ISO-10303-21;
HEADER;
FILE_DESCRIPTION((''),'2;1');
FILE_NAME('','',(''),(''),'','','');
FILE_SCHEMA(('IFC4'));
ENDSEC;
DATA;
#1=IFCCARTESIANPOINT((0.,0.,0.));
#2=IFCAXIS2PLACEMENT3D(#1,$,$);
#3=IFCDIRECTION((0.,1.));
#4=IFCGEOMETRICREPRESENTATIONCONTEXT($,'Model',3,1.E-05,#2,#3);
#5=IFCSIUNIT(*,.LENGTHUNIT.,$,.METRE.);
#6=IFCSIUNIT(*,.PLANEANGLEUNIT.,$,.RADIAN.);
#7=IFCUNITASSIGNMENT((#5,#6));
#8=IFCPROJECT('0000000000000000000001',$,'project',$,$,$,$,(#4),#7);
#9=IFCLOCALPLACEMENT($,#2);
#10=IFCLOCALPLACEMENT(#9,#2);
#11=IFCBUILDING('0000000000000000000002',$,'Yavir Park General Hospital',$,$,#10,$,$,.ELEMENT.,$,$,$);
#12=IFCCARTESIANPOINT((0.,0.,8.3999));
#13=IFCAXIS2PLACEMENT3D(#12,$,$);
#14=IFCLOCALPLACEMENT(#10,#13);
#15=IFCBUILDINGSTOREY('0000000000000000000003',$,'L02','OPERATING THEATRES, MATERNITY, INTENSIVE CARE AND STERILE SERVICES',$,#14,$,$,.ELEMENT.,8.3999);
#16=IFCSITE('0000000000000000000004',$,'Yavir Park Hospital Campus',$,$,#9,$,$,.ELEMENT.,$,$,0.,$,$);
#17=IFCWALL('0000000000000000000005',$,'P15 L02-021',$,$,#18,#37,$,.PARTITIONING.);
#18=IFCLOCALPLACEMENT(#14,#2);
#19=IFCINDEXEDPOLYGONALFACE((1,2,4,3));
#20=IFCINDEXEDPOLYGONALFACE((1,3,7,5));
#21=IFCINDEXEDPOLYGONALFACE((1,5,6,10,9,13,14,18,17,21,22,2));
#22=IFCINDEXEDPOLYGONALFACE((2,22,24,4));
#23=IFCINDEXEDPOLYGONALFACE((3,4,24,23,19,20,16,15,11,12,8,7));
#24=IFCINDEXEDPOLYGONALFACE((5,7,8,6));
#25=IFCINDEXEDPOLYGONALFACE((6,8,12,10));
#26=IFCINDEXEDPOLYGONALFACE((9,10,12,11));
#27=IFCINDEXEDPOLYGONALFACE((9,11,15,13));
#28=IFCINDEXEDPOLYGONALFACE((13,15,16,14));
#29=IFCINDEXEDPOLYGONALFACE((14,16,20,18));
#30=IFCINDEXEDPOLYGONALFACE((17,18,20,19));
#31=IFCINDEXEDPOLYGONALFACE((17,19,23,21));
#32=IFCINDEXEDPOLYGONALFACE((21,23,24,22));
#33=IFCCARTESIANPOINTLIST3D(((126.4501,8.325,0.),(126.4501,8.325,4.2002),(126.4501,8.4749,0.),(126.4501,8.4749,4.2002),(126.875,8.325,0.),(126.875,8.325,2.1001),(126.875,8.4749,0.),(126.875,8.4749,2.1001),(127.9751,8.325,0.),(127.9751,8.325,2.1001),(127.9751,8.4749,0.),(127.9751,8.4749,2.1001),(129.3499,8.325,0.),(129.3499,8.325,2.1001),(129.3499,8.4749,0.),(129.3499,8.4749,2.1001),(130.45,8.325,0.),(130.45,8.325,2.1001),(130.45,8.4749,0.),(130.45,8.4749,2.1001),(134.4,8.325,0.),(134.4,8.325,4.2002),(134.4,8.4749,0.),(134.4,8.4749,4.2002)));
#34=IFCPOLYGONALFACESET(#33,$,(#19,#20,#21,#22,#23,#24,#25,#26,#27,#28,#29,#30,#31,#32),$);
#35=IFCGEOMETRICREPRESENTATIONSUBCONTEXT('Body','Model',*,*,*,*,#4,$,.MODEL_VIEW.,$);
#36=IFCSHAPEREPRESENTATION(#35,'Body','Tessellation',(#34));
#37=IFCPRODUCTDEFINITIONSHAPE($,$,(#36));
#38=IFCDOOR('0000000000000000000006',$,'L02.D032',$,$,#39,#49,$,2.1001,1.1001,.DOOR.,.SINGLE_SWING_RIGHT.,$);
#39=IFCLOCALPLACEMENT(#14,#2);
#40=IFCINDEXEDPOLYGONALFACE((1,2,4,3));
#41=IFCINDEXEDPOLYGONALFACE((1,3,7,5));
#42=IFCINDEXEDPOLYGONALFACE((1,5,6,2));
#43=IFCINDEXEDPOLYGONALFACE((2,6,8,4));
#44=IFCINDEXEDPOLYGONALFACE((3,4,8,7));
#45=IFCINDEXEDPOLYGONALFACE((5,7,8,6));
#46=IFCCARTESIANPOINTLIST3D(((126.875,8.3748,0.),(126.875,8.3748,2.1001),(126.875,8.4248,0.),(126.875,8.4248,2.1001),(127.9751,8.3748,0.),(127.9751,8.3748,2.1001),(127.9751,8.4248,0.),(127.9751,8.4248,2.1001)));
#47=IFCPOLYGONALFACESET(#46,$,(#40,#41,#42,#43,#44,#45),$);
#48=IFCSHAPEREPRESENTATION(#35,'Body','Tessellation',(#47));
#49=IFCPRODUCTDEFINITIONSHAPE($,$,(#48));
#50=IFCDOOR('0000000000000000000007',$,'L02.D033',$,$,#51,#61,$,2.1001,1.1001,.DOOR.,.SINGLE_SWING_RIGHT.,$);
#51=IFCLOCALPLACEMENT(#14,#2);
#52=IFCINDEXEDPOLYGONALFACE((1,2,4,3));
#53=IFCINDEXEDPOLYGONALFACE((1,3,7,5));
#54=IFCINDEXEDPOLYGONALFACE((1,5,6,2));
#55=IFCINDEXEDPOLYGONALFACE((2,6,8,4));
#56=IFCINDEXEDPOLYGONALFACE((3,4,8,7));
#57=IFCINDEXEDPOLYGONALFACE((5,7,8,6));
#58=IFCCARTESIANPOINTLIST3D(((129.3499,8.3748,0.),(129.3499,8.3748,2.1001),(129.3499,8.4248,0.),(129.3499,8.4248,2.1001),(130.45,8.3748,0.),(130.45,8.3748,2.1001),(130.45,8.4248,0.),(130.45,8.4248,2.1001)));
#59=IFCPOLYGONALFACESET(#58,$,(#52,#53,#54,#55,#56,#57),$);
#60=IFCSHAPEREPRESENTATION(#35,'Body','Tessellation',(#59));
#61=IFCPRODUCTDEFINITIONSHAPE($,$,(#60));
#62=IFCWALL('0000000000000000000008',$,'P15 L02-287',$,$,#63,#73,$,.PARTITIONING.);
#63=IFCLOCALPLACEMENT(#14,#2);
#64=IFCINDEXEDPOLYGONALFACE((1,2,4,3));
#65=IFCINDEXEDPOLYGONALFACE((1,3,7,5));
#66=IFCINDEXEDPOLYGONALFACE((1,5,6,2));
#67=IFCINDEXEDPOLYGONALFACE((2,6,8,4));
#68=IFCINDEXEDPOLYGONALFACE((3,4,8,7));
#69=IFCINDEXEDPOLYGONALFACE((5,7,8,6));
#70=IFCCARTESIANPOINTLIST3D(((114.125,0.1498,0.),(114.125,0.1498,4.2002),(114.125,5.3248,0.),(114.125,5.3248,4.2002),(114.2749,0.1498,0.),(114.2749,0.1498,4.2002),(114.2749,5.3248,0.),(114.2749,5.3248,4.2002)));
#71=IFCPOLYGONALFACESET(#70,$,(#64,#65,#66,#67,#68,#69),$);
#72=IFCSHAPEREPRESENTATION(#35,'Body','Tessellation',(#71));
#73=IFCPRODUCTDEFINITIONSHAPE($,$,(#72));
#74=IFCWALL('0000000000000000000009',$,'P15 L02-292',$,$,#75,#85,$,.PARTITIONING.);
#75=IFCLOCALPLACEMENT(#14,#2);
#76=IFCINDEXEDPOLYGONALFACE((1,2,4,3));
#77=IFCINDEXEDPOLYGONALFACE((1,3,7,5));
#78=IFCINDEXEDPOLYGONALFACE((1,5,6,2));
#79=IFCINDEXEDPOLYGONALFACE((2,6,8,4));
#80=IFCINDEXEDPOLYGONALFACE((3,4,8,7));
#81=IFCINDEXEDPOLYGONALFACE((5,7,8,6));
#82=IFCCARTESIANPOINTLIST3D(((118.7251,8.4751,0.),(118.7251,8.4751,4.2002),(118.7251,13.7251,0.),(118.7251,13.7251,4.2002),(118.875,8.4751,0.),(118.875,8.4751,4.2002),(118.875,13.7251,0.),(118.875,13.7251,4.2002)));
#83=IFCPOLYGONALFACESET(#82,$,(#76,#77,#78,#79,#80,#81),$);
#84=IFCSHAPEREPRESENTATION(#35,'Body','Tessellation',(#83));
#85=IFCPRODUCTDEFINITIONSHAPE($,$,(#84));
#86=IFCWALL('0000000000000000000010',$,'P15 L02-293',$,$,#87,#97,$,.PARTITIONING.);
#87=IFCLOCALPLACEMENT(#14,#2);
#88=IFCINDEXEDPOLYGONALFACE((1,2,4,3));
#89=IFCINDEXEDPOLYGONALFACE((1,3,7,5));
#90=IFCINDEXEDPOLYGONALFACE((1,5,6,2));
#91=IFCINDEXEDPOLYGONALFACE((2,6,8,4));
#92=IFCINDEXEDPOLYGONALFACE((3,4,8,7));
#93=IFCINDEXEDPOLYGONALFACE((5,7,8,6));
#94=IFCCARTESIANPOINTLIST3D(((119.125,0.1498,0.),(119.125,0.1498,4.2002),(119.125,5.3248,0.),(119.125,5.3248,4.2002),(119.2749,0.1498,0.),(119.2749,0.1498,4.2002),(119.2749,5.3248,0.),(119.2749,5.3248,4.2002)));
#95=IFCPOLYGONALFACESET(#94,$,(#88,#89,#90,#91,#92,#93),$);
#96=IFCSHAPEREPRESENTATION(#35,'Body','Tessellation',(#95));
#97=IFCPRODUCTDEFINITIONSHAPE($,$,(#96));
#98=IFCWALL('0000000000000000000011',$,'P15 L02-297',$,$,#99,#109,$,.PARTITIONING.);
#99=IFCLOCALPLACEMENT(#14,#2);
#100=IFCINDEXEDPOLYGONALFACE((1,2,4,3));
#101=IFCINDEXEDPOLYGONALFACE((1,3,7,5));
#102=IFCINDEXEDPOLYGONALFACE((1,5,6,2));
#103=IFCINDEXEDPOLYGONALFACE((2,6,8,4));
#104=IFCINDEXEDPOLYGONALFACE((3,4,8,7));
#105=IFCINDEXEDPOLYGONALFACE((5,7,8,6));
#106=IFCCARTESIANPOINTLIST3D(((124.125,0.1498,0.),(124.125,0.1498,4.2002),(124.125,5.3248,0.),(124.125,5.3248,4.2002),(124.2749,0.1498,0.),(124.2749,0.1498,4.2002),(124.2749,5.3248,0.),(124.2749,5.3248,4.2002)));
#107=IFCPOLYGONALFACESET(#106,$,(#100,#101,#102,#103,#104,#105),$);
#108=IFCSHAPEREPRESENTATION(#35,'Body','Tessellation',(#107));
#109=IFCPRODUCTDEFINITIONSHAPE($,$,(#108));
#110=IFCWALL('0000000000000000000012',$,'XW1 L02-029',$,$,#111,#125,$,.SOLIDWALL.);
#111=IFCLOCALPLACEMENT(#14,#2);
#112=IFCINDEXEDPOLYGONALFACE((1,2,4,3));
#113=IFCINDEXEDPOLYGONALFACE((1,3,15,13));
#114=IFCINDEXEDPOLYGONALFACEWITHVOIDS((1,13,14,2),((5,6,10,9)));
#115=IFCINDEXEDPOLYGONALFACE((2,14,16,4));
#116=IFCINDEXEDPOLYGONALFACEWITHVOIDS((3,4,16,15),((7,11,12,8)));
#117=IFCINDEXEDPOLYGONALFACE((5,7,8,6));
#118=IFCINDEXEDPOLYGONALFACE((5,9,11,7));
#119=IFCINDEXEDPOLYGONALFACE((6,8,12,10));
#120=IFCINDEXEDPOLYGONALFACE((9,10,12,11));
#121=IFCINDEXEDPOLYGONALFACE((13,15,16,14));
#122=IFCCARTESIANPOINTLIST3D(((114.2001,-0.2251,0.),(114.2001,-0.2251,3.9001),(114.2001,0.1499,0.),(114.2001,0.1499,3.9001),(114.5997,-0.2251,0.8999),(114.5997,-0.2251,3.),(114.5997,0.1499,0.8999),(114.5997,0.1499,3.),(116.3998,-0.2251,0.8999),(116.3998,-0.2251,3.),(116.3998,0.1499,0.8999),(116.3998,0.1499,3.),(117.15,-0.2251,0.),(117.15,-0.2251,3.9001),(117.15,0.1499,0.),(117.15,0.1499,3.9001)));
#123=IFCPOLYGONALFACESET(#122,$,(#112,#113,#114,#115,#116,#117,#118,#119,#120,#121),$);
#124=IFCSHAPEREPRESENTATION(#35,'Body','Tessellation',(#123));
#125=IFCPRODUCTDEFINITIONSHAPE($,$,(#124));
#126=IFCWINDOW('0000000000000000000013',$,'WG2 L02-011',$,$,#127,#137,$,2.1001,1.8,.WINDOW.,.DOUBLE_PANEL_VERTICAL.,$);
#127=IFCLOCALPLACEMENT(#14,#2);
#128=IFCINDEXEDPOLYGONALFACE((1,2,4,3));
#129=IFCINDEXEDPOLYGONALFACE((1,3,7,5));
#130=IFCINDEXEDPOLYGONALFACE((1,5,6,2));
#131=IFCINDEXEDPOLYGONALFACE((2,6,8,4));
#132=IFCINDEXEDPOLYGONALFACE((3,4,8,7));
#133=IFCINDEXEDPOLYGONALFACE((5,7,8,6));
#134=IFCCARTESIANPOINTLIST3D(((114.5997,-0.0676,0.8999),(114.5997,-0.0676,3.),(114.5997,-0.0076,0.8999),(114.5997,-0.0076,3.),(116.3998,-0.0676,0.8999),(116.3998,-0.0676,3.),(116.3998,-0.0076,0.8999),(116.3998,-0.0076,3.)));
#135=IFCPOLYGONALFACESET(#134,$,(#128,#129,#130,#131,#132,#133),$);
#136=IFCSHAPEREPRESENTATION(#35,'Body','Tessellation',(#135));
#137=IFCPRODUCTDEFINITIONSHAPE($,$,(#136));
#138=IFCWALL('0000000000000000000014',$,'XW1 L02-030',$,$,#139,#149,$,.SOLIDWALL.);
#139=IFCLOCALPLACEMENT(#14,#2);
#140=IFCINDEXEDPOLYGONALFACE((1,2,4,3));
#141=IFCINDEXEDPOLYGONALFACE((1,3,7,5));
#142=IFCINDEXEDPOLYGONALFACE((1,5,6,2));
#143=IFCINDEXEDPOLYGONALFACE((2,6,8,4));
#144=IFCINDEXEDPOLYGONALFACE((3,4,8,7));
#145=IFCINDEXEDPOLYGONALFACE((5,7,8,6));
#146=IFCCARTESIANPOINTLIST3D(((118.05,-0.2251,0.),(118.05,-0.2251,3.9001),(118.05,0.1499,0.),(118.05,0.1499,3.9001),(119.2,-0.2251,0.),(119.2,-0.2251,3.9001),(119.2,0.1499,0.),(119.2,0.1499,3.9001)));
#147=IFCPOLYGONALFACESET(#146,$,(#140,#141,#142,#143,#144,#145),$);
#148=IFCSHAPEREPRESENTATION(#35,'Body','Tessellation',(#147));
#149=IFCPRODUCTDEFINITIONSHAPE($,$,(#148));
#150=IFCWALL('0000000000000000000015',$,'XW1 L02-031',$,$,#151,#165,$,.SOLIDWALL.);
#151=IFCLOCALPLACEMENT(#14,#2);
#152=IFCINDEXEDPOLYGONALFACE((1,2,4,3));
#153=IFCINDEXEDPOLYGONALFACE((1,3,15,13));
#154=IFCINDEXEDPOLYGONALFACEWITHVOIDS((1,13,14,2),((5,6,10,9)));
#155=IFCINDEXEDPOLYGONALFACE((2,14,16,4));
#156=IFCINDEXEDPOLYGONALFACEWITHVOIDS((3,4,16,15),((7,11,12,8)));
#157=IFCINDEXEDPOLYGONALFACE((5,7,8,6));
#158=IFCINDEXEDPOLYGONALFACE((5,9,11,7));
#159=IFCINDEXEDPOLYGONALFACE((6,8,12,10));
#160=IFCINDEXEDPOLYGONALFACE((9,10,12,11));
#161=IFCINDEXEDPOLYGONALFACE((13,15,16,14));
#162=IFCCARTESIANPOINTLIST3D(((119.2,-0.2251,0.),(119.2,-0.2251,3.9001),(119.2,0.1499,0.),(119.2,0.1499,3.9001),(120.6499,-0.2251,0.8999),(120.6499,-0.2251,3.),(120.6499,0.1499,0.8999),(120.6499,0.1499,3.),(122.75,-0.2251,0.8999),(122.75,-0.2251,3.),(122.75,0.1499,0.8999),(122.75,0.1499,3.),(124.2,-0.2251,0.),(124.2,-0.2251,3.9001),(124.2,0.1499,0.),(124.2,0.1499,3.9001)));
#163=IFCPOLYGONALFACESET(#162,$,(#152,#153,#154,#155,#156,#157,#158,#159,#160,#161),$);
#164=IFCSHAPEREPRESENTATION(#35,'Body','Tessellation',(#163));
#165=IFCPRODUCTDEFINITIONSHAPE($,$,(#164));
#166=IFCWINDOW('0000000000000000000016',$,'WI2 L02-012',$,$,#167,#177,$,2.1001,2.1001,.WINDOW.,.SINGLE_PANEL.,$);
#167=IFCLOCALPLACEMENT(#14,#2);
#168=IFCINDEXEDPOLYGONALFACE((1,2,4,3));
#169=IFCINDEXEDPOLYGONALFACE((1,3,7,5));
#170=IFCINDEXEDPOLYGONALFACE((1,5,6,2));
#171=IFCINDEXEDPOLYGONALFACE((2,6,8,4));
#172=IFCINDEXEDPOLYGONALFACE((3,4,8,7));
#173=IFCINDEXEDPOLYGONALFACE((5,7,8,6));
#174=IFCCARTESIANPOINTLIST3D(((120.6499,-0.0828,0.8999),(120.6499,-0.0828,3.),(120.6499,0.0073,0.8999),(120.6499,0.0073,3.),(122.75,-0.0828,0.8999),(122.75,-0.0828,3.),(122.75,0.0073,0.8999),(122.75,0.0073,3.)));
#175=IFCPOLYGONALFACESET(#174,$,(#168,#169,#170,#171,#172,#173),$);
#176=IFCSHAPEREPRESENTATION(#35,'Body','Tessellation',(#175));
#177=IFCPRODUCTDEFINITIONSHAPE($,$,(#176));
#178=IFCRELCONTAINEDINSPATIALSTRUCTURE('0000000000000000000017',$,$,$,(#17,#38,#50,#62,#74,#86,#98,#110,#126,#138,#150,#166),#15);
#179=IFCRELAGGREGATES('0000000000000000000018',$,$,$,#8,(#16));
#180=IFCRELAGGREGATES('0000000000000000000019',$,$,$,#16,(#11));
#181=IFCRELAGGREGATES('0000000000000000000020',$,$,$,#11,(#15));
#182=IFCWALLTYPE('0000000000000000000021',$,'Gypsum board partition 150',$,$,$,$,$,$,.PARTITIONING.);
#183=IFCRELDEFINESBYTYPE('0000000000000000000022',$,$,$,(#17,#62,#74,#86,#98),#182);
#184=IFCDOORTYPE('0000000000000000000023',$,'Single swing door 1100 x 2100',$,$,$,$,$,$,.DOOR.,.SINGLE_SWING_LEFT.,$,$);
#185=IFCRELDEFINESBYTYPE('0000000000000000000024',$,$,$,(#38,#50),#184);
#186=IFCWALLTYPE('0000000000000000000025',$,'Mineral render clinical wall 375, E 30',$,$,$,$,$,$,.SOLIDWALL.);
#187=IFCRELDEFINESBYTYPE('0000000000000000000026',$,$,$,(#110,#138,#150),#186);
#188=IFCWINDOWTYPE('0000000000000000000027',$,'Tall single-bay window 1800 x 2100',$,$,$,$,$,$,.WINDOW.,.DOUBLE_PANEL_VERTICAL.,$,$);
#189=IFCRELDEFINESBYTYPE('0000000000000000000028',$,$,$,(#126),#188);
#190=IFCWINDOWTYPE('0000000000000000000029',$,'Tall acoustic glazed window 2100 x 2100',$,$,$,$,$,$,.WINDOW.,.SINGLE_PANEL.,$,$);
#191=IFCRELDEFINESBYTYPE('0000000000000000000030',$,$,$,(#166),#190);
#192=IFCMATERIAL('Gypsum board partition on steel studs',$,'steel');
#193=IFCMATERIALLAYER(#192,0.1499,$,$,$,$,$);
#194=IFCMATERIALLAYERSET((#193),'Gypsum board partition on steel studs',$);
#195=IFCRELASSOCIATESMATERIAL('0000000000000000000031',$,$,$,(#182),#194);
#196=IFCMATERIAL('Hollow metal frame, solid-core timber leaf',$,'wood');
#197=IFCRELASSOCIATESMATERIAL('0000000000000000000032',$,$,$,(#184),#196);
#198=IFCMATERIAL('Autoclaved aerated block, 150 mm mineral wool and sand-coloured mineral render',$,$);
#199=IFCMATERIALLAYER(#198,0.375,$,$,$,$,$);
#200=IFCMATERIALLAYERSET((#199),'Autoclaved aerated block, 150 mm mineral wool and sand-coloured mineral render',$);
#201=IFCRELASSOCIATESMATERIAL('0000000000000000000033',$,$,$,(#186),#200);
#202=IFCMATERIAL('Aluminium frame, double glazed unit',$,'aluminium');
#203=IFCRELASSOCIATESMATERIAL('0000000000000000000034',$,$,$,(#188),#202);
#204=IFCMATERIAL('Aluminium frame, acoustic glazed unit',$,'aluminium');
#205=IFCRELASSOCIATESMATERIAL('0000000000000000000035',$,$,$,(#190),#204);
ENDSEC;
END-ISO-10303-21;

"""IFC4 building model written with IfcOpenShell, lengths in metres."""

from ifc_helpers import new_model, si_unit, direction, frame, frame_2d, origin, place, context, subcontext, project, spatial, rectangle, extrude, material, layer, layer_set, type_object, element, fill, save


model = new_model("IFC4")

# Units and contexts
model_context = context("Model", 3, precision=1e-05, world=origin(), true_north=direction((0.0, 1.0)))
body_context = subcontext(model_context, "Body", "Model", "MODEL_VIEW")
ifc_project = project(units=[si_unit("LENGTHUNIT", "METRE"), si_unit("PLANEANGLEUNIT", "RADIAN")], contexts=[model_context])

# Site, building, storey
site_placement = place(None, origin())
site = spatial("IfcSite", under=ifc_project, at=site_placement, Name="Yavir Park Hospital Campus", CompositionType="ELEMENT", RefElevation=0.0)
building_placement = place(site_placement, origin())
building = spatial("IfcBuilding", under=site, at=building_placement, Name="Yavir Park General Hospital", CompositionType="ELEMENT")
storey_placement = place(building_placement, frame((0.0, 0.0, 8.3999)))
storey = spatial("IfcBuildingStorey", under=building, at=storey_placement, Name="L02", Description="OPERATING THEATRES, MATERNITY, INTENSIVE CARE AND STERILE SERVICES", CompositionType="ELEMENT", Elevation=8.3999)

# Wall, openings, doors
ifc_material_1 = material(Name="Gypsum board partition on steel studs", Category="steel")
ifc_layer_1 = layer(ifc_material_1, 0.1499)
ifc_layer_set_1 = layer_set([ifc_layer_1], Name="Gypsum board partition on steel studs")
wall_type_1 = type_object("IfcWallType", Name="Gypsum board partition 150", PredefinedType="PARTITIONING", material=ifc_layer_set_1)
ifc_material_2 = material(Name="Hollow metal frame, solid-core timber leaf", Category="wood")
door_type = type_object("IfcDoorType", Name="Single swing door 1100 x 2100", OperationType="SINGLE_SWING_LEFT", PredefinedType="DOOR", material=ifc_material_2)
wall_1_placement = place(storey_placement, frame((126.45, 8.3999, 0.0), z_axis=(0.0, 0.0, 1.0), x_axis=(1.0, 0.0, 0.0)))
wall_1 = element("IfcWall", 1, at=wall_1_placement, inside=storey, type_object=wall_type_1, Name="P15 L02-021", PredefinedType="PARTITIONING", context=body_context, shape_type="SweptSolid", body=[
    extrude(rectangle(XDim=7.95, YDim=0.1499, at=frame_2d((3.9751, 0.0))), origin(), (0.0, 0.0, 1.0), 4.2002),
])
opening_1_placement = place(wall_1_placement, frame((0.425, 0.0, 0.0)))
opening_1 = element("IfcOpeningElement", 2, at=opening_1_placement, cuts=wall_1, PredefinedType="OPENING", context=body_context, shape_type="SweptSolid", body=[
    extrude(rectangle(XDim=1.1001, YDim=2.1001, at=frame_2d((0.55, 1.05))), frame((0.0, 0.085, 0.0), z_axis=(0.0, -1.0, 0.0), x_axis=(1.0, 0.0, 0.0)), (0.0, 0.0, 1.0), 0.1699),
])
opening_2_placement = place(wall_1_placement, frame((2.8999, 0.0, 0.0)))
opening_2 = element("IfcOpeningElement", 3, at=opening_2_placement, cuts=wall_1, PredefinedType="OPENING", context=body_context, shape_type="SweptSolid", body=[
    extrude(rectangle(XDim=1.1001, YDim=2.1001, at=frame_2d((0.55, 1.05))), frame((0.0, 0.085, 0.0), z_axis=(0.0, -1.0, 0.0), x_axis=(1.0, 0.0, 0.0)), (0.0, 0.0, 1.0), 0.1699),
])
door_1_placement = place(opening_1_placement, origin())
door_1 = element("IfcDoor", 4, at=door_1_placement, inside=storey, type_object=door_type, Name="L02.D032", OperationType="SINGLE_SWING_RIGHT", OverallHeight=2.1001, OverallWidth=1.1001, PredefinedType="DOOR", context=body_context, shape_type="SweptSolid", body=[
    extrude(rectangle(XDim=1.1001, YDim=2.1001, at=frame_2d((0.55, 1.05))), frame((0.0, 0.0249, 0.0), z_axis=(0.0, -1.0, 0.0), x_axis=(1.0, 0.0, 0.0)), (0.0, 0.0, 1.0), 0.05),
])
fill(opening_1, door_1)
door_2_placement = place(opening_2_placement, origin())
door_2 = element("IfcDoor", 5, at=door_2_placement, inside=storey, type_object=door_type, Name="L02.D033", OperationType="SINGLE_SWING_RIGHT", OverallHeight=2.1001, OverallWidth=1.1001, PredefinedType="DOOR", context=body_context, shape_type="SweptSolid", body=[
    extrude(rectangle(XDim=1.1001, YDim=2.1001, at=frame_2d((0.55, 1.05))), frame((0.0, 0.0249, 0.0), z_axis=(0.0, -1.0, 0.0), x_axis=(1.0, 0.0, 0.0)), (0.0, 0.0, 1.0), 0.05),
])
fill(opening_2, door_2)

# Walls
wall_2_placement = place(storey_placement, frame((114.2, 0.1499, 0.0), z_axis=(0.0, 0.0, 1.0), x_axis=(0.0, 1.0, 0.0)))
element("IfcWall", 6, at=wall_2_placement, inside=storey, type_object=wall_type_1, Name="P15 L02-287", PredefinedType="PARTITIONING", context=body_context, shape_type="SweptSolid", body=[
    extrude(rectangle(XDim=5.175, YDim=0.1499, at=frame_2d((2.5874, 0.0))), origin(), (0.0, 0.0, 1.0), 4.2002),
])
wall_3_placement = place(storey_placement, frame((118.8, 8.4751, 0.0), z_axis=(0.0, 0.0, 1.0), x_axis=(0.0, 1.0, 0.0)))
element("IfcWall", 7, at=wall_3_placement, inside=storey, type_object=wall_type_1, Name="P15 L02-292", PredefinedType="PARTITIONING", context=body_context, shape_type="SweptSolid", body=[
    extrude(rectangle(XDim=5.25, YDim=0.1499, at=frame_2d((2.625, 0.0))), origin(), (0.0, 0.0, 1.0), 4.2002),
])
for number, where, z_axis, x_axis, name in (
    (8, (119.2, 0.1499, 0.0), (0.0, 0.0, 1.0), (0.0, 1.0, 0.0), "P15 L02-293"),
    (9, (124.2, 0.1499, 0.0), (0.0, 0.0, 1.0), (0.0, 1.0, 0.0), "P15 L02-297"),
):
    element("IfcWall", number, at=place(storey_placement, frame(where, z_axis=z_axis, x_axis=x_axis)), inside=storey, type_object=wall_type_1, Name=name, PredefinedType="PARTITIONING", context=body_context, shape_type="SweptSolid", body=[
        extrude(rectangle(XDim=5.175, YDim=0.1499, at=frame_2d((2.5874, 0.0))), origin(), (0.0, 0.0, 1.0), 4.2002),
    ])

# Wall, opening, window
ifc_material_3 = material(Name="Autoclaved aerated block, 150 mm mineral wool and sand-coloured mineral render")
ifc_layer_2 = layer(ifc_material_3, 0.375)
ifc_layer_set_2 = layer_set([ifc_layer_2], Name="Autoclaved aerated block, 150 mm mineral wool and sand-coloured mineral render")
wall_type_2 = type_object("IfcWallType", Name="Mineral render clinical wall 375, E 30", PredefinedType="SOLIDWALL", material=ifc_layer_set_2)
wall_4_placement = place(storey_placement, frame((114.2, -0.0376, 0.0), z_axis=(0.0, 0.0, 1.0), x_axis=(1.0, 0.0, 0.0)))
wall_4 = element("IfcWall", 10, at=wall_4_placement, inside=storey, type_object=wall_type_2, Name="XW1 L02-029", PredefinedType="SOLIDWALL", context=body_context, shape_type="SweptSolid", body=[
    extrude(rectangle(XDim=2.95, YDim=0.375, at=frame_2d((1.4751, 0.0))), origin(), (0.0, 0.0, 1.0), 3.9001),
])
opening_3_placement = place(wall_4_placement, frame((0.3999, 0.0, 0.8999)))
opening_3 = element("IfcOpeningElement", 11, at=opening_3_placement, cuts=wall_4, PredefinedType="OPENING", context=body_context, shape_type="SweptSolid", body=[
    extrude(rectangle(XDim=1.8, YDim=2.1001, at=frame_2d((0.8999, 1.05))), frame((0.0, 0.1975, 0.0), z_axis=(0.0, -1.0, 0.0), x_axis=(1.0, 0.0, 0.0)), (0.0, 0.0, 1.0), 0.395),
])
ifc_material_4 = material(Name="Aluminium frame, double glazed unit", Category="aluminium")
window_type_1 = type_object("IfcWindowType", Name="Tall single-bay window 1800 x 2100", PartitioningType="DOUBLE_PANEL_VERTICAL", PredefinedType="WINDOW", material=ifc_material_4)
window_1_placement = place(opening_3_placement, origin())
window_1 = element("IfcWindow", 12, at=window_1_placement, inside=storey, type_object=window_type_1, Name="WG2 L02-011", OverallHeight=2.1001, OverallWidth=1.8, PartitioningType="DOUBLE_PANEL_VERTICAL", PredefinedType="WINDOW", context=body_context, shape_type="SweptSolid", body=[
    extrude(rectangle(XDim=1.8, YDim=2.1001, at=frame_2d((0.8999, 1.05))), frame((0.0, 0.03, 0.0), z_axis=(0.0, -1.0, 0.0), x_axis=(1.0, 0.0, 0.0)), (0.0, 0.0, 1.0), 0.0601),
])
fill(opening_3, window_1)

# Wall
wall_5_placement = place(storey_placement, frame((118.05, -0.0376, 0.0), z_axis=(0.0, 0.0, 1.0), x_axis=(1.0, 0.0, 0.0)))
element("IfcWall", 13, at=wall_5_placement, inside=storey, type_object=wall_type_2, Name="XW1 L02-030", PredefinedType="SOLIDWALL", context=body_context, shape_type="SweptSolid", body=[
    extrude(rectangle(XDim=1.1499, YDim=0.375, at=frame_2d((0.575, 0.0))), origin(), (0.0, 0.0, 1.0), 3.9001),
])

# Wall, opening, window
wall_6_placement = place(storey_placement, frame((119.2, -0.0376, 0.0), z_axis=(0.0, 0.0, 1.0), x_axis=(1.0, 0.0, 0.0)))
wall_6 = element("IfcWall", 14, at=wall_6_placement, inside=storey, type_object=wall_type_2, Name="XW1 L02-031", PredefinedType="SOLIDWALL", context=body_context, shape_type="SweptSolid", body=[
    extrude(rectangle(XDim=5.0, YDim=0.375, at=frame_2d((2.5, 0.0))), origin(), (0.0, 0.0, 1.0), 3.9001),
])
opening_4_placement = place(wall_6_placement, frame((1.45, 0.0, 0.8999)))
opening_4 = element("IfcOpeningElement", 15, at=opening_4_placement, cuts=wall_6, PredefinedType="OPENING", context=body_context, shape_type="SweptSolid", body=[
    extrude(rectangle(XDim=2.1001, YDim=2.1001, at=frame_2d((1.05, 1.05))), frame((0.0, 0.1975, 0.0), z_axis=(0.0, -1.0, 0.0), x_axis=(1.0, 0.0, 0.0)), (0.0, 0.0, 1.0), 0.395),
])
ifc_material_5 = material(Name="Aluminium frame, acoustic glazed unit", Category="aluminium")
window_type_2 = type_object("IfcWindowType", Name="Tall acoustic glazed window 2100 x 2100", PartitioningType="SINGLE_PANEL", PredefinedType="WINDOW", material=ifc_material_5)
window_2_placement = place(opening_4_placement, origin())
window_2 = element("IfcWindow", 16, at=window_2_placement, inside=storey, type_object=window_type_2, Name="WI2 L02-012", OverallHeight=2.1001, OverallWidth=2.1001, PartitioningType="SINGLE_PANEL", PredefinedType="WINDOW", context=body_context, shape_type="SweptSolid", body=[
    extrude(rectangle(XDim=2.1001, YDim=2.1001, at=frame_2d((1.05, 1.05))), frame((0.0, 0.0449, 0.0), z_axis=(0.0, -1.0, 0.0), x_axis=(1.0, 0.0, 0.0)), (0.0, 0.0, 1.0), 0.0901),
])
fill(opening_4, window_2)

save(model, "model.ifc")
